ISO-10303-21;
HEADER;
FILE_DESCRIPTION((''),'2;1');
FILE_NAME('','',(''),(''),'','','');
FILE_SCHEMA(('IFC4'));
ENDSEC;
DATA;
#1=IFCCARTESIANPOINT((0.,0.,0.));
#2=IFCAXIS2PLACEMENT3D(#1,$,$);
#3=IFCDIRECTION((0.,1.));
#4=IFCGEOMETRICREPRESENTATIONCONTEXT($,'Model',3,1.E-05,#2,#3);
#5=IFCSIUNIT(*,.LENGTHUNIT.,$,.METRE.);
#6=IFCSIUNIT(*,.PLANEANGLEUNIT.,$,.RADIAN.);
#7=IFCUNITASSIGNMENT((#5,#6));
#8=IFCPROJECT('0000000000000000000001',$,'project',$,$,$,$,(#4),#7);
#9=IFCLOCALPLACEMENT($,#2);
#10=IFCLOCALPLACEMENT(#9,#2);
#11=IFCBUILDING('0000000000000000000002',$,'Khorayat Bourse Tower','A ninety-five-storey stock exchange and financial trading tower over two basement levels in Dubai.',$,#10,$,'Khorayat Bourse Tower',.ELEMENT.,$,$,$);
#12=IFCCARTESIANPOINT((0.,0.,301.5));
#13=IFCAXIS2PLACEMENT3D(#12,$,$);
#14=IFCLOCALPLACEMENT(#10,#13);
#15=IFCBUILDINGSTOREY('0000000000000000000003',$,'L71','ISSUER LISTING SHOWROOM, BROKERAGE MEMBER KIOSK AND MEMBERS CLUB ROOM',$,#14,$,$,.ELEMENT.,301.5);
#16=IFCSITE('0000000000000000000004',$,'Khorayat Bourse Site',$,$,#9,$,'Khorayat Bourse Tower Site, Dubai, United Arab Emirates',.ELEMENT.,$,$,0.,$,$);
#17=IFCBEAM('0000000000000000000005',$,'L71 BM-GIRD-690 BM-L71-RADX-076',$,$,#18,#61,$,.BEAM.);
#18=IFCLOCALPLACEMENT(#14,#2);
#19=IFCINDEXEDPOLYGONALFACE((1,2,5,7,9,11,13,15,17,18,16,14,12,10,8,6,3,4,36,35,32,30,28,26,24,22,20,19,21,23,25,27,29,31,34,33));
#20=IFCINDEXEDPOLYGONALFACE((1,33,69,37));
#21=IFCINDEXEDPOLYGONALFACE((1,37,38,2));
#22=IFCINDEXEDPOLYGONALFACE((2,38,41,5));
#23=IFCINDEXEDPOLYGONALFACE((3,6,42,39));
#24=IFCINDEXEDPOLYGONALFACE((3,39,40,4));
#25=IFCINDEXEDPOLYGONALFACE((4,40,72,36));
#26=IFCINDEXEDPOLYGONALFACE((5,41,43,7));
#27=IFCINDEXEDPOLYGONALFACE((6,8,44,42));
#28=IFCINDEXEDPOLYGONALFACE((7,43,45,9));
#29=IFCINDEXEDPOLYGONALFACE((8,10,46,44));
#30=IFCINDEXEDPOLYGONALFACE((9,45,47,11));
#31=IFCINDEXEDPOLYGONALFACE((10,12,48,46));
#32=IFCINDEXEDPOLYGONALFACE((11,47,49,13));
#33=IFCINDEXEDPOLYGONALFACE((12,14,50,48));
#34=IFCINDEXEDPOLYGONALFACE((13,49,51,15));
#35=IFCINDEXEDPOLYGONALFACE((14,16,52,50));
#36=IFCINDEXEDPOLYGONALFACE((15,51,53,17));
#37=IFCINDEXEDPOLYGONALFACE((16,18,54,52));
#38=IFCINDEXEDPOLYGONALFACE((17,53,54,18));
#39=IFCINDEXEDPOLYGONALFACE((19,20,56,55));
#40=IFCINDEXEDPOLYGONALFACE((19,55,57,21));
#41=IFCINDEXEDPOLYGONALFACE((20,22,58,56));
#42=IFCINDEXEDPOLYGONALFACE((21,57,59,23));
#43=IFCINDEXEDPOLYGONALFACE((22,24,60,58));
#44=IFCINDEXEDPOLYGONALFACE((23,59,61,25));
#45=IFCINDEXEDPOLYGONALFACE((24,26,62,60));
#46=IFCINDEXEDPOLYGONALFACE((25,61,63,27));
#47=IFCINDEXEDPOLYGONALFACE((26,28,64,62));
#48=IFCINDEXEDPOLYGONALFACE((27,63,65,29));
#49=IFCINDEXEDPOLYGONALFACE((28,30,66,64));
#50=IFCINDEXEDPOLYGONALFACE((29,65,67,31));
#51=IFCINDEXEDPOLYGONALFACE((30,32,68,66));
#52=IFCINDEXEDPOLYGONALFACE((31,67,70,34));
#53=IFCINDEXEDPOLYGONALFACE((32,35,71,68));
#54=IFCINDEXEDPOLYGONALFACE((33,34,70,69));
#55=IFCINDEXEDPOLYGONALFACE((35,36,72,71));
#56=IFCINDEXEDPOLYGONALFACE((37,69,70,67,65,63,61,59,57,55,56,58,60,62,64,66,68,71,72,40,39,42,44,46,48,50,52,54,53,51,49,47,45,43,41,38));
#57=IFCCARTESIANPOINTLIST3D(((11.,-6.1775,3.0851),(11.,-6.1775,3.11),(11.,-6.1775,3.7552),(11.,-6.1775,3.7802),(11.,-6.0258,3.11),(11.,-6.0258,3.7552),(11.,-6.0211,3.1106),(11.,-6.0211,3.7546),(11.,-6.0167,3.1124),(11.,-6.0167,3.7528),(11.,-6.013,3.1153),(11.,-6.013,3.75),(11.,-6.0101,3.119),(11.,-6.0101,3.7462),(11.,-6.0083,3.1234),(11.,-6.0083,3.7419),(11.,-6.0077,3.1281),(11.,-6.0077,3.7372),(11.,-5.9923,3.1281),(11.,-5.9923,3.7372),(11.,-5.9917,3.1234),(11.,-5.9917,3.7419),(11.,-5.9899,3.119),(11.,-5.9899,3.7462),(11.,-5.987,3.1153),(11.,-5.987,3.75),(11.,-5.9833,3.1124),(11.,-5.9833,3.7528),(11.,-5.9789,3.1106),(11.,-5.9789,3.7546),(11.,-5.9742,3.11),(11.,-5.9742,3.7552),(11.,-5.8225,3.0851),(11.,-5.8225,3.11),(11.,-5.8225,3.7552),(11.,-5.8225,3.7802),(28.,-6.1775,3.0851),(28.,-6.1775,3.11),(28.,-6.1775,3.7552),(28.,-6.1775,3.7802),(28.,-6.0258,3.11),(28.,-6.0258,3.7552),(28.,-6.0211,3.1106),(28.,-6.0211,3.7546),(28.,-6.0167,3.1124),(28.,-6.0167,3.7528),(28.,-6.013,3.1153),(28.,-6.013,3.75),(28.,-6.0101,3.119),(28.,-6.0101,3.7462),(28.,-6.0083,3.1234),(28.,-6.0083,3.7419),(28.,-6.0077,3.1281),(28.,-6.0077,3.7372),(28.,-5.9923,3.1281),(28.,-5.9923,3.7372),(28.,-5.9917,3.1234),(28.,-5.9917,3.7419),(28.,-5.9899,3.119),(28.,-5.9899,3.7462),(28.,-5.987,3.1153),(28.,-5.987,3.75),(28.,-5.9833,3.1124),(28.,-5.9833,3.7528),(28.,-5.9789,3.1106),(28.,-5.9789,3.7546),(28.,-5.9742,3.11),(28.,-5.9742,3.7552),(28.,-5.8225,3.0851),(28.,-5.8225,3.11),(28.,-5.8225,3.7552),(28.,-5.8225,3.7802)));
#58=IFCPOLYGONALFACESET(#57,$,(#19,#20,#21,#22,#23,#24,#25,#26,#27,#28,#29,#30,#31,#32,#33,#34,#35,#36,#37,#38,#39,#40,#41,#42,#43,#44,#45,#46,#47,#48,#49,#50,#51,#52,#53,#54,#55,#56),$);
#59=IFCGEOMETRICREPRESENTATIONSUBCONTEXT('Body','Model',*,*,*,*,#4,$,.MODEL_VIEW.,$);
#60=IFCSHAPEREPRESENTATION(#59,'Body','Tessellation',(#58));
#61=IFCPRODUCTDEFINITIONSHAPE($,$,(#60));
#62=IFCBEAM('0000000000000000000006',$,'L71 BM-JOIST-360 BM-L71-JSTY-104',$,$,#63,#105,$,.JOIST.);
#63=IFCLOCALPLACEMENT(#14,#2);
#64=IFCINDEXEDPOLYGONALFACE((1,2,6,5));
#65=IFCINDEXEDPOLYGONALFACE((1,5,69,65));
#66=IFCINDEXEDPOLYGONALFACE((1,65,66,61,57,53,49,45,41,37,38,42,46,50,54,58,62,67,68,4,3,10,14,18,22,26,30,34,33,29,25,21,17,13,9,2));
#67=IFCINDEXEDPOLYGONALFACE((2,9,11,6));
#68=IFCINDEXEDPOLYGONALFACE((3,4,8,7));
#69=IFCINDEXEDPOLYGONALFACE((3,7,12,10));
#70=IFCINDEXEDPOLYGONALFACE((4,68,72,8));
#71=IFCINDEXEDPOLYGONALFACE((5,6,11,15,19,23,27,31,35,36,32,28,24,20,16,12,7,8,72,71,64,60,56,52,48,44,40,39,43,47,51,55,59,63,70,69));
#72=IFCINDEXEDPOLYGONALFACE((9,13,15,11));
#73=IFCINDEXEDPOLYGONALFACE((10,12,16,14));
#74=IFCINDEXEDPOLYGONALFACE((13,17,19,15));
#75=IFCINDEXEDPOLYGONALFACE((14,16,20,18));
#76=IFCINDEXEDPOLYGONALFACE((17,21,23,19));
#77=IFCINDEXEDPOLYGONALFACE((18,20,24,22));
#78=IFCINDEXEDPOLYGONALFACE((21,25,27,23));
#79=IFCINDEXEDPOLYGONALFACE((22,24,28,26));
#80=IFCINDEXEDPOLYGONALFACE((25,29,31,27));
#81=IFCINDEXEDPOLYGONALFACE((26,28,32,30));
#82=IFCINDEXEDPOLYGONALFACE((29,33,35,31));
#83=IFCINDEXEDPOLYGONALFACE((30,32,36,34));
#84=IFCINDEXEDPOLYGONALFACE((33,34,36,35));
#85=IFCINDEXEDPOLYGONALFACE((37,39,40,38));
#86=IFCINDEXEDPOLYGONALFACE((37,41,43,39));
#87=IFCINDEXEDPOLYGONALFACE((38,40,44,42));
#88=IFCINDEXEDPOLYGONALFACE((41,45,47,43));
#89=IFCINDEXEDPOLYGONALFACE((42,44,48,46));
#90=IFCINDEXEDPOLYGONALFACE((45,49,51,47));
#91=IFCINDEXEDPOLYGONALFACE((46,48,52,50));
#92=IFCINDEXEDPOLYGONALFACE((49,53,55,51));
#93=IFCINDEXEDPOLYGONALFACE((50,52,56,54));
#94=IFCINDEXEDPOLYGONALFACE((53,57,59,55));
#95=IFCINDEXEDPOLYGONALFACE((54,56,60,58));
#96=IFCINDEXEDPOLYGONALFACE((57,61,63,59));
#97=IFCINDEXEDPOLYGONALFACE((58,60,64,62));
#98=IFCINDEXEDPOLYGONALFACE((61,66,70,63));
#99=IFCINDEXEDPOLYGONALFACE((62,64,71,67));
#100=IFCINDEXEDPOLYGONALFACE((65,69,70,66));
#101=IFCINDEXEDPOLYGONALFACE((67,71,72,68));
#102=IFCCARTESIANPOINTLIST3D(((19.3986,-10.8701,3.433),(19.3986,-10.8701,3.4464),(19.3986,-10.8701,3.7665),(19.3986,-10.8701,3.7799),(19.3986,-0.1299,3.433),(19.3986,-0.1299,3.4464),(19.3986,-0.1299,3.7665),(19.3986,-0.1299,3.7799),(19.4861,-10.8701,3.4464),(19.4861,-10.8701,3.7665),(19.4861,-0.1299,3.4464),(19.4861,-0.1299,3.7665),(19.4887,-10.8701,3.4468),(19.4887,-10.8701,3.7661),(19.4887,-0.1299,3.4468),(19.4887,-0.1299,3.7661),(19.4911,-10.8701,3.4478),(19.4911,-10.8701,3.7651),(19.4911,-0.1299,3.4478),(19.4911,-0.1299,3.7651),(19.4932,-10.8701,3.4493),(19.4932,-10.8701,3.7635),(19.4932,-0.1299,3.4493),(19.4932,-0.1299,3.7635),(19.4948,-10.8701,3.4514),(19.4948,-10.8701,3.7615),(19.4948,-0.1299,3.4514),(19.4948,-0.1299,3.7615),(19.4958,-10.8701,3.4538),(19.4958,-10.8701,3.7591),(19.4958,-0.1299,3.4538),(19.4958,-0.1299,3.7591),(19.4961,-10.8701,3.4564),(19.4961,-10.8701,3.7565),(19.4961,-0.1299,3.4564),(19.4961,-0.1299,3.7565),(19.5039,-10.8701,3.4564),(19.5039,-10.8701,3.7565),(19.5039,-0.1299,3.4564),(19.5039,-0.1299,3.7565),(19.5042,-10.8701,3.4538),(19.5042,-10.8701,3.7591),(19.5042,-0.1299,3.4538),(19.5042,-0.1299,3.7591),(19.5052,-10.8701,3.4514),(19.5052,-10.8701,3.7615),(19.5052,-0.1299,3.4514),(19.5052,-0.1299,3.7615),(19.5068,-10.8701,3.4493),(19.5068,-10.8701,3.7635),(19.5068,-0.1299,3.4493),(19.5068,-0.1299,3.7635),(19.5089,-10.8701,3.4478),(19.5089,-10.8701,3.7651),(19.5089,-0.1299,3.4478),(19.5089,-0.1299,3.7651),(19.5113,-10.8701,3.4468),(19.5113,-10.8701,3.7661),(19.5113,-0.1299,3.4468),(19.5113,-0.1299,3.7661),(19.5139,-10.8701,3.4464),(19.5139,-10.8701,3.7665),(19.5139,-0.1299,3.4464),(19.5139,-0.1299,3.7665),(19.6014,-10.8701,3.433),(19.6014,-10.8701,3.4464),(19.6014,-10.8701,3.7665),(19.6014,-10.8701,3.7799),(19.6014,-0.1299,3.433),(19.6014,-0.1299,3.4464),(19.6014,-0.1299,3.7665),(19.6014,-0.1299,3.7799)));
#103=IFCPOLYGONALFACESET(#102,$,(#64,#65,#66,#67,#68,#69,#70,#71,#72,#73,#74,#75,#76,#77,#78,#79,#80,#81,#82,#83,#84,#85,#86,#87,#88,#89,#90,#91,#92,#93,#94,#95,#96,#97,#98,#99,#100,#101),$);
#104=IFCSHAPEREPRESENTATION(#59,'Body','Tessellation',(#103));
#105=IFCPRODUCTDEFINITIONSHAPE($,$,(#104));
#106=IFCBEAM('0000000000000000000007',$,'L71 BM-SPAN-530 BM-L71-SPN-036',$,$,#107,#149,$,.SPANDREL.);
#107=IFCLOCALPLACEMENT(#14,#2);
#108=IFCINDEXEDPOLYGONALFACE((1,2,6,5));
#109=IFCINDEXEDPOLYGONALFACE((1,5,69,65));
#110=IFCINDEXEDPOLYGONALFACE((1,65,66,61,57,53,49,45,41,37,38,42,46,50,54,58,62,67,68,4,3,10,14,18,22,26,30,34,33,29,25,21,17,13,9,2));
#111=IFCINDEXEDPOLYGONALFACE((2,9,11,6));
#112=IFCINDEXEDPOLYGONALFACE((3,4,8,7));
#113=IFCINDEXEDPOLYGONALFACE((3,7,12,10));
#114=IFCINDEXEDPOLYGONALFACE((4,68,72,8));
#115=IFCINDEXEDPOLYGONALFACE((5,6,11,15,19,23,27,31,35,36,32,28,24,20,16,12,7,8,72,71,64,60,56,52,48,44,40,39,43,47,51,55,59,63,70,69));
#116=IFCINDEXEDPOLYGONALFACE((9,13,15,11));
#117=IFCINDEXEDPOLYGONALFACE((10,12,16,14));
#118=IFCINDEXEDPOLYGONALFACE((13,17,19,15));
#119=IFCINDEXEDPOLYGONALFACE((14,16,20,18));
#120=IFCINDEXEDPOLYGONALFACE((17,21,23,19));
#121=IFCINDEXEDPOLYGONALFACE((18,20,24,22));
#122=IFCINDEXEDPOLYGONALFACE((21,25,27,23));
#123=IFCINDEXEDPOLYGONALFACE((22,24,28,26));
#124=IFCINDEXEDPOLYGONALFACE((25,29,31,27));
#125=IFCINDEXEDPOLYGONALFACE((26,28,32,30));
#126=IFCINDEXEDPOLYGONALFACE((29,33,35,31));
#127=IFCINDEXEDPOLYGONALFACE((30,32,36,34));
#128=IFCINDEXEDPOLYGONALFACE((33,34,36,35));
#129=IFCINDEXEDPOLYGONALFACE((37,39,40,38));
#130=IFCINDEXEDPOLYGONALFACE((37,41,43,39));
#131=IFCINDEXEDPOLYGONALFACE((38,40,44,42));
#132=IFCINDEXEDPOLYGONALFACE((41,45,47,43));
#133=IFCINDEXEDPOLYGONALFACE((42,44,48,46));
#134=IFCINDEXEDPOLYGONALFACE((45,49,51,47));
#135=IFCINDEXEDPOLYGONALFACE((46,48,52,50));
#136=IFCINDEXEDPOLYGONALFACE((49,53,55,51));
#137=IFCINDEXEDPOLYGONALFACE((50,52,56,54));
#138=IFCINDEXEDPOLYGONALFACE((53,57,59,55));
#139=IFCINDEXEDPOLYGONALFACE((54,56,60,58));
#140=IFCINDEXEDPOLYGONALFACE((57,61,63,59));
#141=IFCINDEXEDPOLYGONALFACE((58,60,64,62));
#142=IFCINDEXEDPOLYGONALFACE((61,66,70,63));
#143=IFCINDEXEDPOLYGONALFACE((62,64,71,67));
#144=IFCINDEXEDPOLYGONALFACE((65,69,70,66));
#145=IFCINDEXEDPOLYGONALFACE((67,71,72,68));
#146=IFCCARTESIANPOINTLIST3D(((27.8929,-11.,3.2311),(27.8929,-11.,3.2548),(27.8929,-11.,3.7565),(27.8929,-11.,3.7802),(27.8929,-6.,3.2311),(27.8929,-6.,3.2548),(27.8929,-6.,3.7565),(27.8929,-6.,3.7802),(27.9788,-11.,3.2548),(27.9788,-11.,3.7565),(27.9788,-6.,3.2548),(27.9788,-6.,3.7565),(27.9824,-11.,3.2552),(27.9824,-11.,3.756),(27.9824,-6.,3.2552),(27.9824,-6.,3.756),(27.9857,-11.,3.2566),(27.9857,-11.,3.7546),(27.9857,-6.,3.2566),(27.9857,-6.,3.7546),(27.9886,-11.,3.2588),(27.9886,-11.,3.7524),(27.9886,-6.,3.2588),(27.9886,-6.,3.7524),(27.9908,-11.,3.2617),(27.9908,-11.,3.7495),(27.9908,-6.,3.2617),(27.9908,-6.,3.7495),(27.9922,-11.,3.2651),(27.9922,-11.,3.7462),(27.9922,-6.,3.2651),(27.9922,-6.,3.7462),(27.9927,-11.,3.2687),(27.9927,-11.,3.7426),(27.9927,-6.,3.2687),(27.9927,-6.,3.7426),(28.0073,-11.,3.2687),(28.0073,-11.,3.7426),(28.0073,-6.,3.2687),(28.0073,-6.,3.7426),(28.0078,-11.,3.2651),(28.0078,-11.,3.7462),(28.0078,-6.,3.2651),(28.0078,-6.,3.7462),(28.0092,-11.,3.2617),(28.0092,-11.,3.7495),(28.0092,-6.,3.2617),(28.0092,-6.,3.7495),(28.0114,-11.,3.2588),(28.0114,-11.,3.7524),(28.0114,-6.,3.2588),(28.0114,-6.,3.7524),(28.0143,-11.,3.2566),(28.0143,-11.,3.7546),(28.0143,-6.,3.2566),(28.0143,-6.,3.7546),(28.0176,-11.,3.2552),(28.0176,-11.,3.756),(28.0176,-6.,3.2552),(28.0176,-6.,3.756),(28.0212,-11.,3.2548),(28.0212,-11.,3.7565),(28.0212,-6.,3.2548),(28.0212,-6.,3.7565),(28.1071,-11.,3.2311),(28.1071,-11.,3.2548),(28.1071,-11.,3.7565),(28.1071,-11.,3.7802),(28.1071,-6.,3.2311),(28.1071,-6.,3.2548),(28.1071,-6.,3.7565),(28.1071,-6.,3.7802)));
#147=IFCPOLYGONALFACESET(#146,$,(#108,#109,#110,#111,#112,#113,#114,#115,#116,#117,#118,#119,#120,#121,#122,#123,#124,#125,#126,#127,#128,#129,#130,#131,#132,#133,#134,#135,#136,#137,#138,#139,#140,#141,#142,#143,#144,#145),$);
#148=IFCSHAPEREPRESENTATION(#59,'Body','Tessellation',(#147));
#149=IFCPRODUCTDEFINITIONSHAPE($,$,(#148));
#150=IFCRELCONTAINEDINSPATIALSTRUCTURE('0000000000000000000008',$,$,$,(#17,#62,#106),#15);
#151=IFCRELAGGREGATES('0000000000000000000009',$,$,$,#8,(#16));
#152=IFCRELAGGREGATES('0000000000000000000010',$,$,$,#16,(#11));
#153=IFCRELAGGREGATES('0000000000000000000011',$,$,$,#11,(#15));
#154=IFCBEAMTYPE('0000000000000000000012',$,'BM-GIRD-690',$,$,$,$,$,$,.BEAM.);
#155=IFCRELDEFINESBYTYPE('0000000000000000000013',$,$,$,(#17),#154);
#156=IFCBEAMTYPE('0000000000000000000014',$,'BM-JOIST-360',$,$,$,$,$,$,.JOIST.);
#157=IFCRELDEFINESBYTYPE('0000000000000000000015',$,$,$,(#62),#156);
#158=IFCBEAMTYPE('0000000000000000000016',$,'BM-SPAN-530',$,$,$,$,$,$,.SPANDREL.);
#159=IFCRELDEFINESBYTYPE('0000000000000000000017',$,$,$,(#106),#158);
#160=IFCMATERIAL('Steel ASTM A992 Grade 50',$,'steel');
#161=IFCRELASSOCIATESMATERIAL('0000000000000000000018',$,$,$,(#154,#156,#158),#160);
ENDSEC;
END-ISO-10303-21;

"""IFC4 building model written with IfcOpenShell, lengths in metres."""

from ifc_helpers import new_model, si_unit, direction, frame, origin, origin_2d, place, context, subcontext, project, spatial, i_section, extrude, source, transform, mapped, material, material_profile, profile_set, type_object, element, save


model = new_model("IFC4")

# Units and contexts
model_context = context("Model", 3, precision=1e-05, world=origin(), true_north=direction((0.0, 1.0)))
body_context = subcontext(model_context, "Body", "Model", "MODEL_VIEW")
ifc_project = project(units=[si_unit("LENGTHUNIT", "METRE"), si_unit("PLANEANGLEUNIT", "RADIAN")], contexts=[model_context])

# Site, building, storey
site_placement = place(None, origin())
site = spatial("IfcSite", under=ifc_project, at=site_placement, Name="Khorayat Bourse Site", LongName="Khorayat Bourse Tower Site, Dubai, United Arab Emirates", CompositionType="ELEMENT", RefElevation=0.0)
building_placement = place(site_placement, origin())
building = spatial("IfcBuilding", under=site, at=building_placement, Name="Khorayat Bourse Tower", Description="A ninety-five-storey stock exchange and financial trading tower over two basement levels in Dubai.", LongName="Khorayat Bourse Tower", CompositionType="ELEMENT")
storey_placement = place(building_placement, frame((0.0, 0.0, 301.5)))
storey = spatial("IfcBuildingStorey", under=building, at=storey_placement, Name="L71", Description="ISSUER LISTING SHOWROOM, BROKERAGE MEMBER KIOSK AND MEMBERS CLUB ROOM", CompositionType="ELEMENT", Elevation=301.5)

# Beams
ifc_material_1 = material(Name="Steel ASTM A992 Grade 50", Category="steel")
ifc_material_profile_1 = material_profile(ifc_material_1, i_section(OverallWidth=0.355, OverallDepth=0.6951, WebThickness=0.0154, FlangeThickness=0.0249, FilletRadius=0.0181, at=origin_2d()), Name="W690X217")
ifc_profile_set_1 = profile_set([ifc_material_profile_1], Name="Steel ASTM A992 Grade 50")
beam_type_1 = type_object("IfcBeamType", Name="BM-GIRD-690", PredefinedType="BEAM", material=ifc_profile_set_1)
shared_shape_1 = source(origin(), body_context, "Body", "SweptSolid", [
    extrude(i_section(OverallWidth=0.355, OverallDepth=0.6951, WebThickness=0.0154, FlangeThickness=0.0249, FilletRadius=0.0181, at=origin_2d()), origin(), (0.0, 0.0, 1.0), 17.0),
])
for number, where, z_axis, x_axis, name in (
    (1, (11.0, -6.0, 3.4326), (1.0, 0.0, 0.0), (0.0, 1.0, 0.0), "L71 BM-GIRD-690 BM-L71-RADX-076"),
):
    element("IfcBeam", number, at=place(storey_placement, frame(where, z_axis=z_axis, x_axis=x_axis)), inside=storey, type_object=beam_type_1, Name=name, PredefinedType="BEAM", context=body_context, shape_type="MappedRepresentation", body=[
        mapped(shared_shape_1, transform((0.0, 0.0, 0.0), scale=1.0)),
    ])
ifc_material_profile_2 = material_profile(ifc_material_1, i_section(OverallWidth=0.2029, OverallDepth=0.3469, WebThickness=0.0078, FlangeThickness=0.0134, FilletRadius=0.01, at=origin_2d()), Name="W360X64")
ifc_profile_set_2 = profile_set([ifc_material_profile_2], Name="Steel ASTM A992 Grade 50")
beam_type_2 = type_object("IfcBeamType", Name="BM-JOIST-360", PredefinedType="JOIST", material=ifc_profile_set_2)
shared_shape_2 = source(origin(), body_context, "Body", "SweptSolid", [
    extrude(i_section(OverallWidth=0.2029, OverallDepth=0.3469, WebThickness=0.0078, FlangeThickness=0.0134, FilletRadius=0.01, at=origin_2d()), origin(), (0.0, 0.0, 1.0), 10.7402),
])
beam_1_placement = place(storey_placement, frame((19.5, -10.8701, 3.6064), z_axis=(0.0, 1.0, 0.0), x_axis=(-1.0, 0.0, 0.0)))
element("IfcBeam", 2, at=beam_1_placement, inside=storey, type_object=beam_type_2, Name="L71 BM-JOIST-360 BM-L71-JSTY-104", PredefinedType="JOIST", context=body_context, shape_type="MappedRepresentation", body=[
    mapped(shared_shape_2, transform((0.0, 0.0, 0.0), scale=1.0)),
])
ifc_material_profile_3 = material_profile(ifc_material_1, i_section(OverallWidth=0.2141, OverallDepth=0.5491, WebThickness=0.0146, FlangeThickness=0.0237, FilletRadius=0.0139, at=origin_2d()), Name="W530X138")
ifc_profile_set_3 = profile_set([ifc_material_profile_3], Name="Steel ASTM A992 Grade 50")
beam_type_3 = type_object("IfcBeamType", Name="BM-SPAN-530", PredefinedType="SPANDREL", material=ifc_profile_set_3)
shared_shape_3 = source(origin(), body_context, "Body", "SweptSolid", [
    extrude(i_section(OverallWidth=0.2141, OverallDepth=0.5491, WebThickness=0.0146, FlangeThickness=0.0237, FilletRadius=0.0139, at=origin_2d()), origin(), (0.0, 0.0, 1.0), 5.0),
])
beam_2_placement = place(storey_placement, frame((28.0, -11.0, 3.5056), z_axis=(0.0, 1.0, 0.0), x_axis=(-1.0, 0.0, 0.0)))
element("IfcBeam", 3, at=beam_2_placement, inside=storey, type_object=beam_type_3, Name="L71 BM-SPAN-530 BM-L71-SPN-036", PredefinedType="SPANDREL", context=body_context, shape_type="MappedRepresentation", body=[
    mapped(shared_shape_3, transform((0.0, 0.0, 0.0), scale=1.0)),
])

save(model, "model.ifc")
